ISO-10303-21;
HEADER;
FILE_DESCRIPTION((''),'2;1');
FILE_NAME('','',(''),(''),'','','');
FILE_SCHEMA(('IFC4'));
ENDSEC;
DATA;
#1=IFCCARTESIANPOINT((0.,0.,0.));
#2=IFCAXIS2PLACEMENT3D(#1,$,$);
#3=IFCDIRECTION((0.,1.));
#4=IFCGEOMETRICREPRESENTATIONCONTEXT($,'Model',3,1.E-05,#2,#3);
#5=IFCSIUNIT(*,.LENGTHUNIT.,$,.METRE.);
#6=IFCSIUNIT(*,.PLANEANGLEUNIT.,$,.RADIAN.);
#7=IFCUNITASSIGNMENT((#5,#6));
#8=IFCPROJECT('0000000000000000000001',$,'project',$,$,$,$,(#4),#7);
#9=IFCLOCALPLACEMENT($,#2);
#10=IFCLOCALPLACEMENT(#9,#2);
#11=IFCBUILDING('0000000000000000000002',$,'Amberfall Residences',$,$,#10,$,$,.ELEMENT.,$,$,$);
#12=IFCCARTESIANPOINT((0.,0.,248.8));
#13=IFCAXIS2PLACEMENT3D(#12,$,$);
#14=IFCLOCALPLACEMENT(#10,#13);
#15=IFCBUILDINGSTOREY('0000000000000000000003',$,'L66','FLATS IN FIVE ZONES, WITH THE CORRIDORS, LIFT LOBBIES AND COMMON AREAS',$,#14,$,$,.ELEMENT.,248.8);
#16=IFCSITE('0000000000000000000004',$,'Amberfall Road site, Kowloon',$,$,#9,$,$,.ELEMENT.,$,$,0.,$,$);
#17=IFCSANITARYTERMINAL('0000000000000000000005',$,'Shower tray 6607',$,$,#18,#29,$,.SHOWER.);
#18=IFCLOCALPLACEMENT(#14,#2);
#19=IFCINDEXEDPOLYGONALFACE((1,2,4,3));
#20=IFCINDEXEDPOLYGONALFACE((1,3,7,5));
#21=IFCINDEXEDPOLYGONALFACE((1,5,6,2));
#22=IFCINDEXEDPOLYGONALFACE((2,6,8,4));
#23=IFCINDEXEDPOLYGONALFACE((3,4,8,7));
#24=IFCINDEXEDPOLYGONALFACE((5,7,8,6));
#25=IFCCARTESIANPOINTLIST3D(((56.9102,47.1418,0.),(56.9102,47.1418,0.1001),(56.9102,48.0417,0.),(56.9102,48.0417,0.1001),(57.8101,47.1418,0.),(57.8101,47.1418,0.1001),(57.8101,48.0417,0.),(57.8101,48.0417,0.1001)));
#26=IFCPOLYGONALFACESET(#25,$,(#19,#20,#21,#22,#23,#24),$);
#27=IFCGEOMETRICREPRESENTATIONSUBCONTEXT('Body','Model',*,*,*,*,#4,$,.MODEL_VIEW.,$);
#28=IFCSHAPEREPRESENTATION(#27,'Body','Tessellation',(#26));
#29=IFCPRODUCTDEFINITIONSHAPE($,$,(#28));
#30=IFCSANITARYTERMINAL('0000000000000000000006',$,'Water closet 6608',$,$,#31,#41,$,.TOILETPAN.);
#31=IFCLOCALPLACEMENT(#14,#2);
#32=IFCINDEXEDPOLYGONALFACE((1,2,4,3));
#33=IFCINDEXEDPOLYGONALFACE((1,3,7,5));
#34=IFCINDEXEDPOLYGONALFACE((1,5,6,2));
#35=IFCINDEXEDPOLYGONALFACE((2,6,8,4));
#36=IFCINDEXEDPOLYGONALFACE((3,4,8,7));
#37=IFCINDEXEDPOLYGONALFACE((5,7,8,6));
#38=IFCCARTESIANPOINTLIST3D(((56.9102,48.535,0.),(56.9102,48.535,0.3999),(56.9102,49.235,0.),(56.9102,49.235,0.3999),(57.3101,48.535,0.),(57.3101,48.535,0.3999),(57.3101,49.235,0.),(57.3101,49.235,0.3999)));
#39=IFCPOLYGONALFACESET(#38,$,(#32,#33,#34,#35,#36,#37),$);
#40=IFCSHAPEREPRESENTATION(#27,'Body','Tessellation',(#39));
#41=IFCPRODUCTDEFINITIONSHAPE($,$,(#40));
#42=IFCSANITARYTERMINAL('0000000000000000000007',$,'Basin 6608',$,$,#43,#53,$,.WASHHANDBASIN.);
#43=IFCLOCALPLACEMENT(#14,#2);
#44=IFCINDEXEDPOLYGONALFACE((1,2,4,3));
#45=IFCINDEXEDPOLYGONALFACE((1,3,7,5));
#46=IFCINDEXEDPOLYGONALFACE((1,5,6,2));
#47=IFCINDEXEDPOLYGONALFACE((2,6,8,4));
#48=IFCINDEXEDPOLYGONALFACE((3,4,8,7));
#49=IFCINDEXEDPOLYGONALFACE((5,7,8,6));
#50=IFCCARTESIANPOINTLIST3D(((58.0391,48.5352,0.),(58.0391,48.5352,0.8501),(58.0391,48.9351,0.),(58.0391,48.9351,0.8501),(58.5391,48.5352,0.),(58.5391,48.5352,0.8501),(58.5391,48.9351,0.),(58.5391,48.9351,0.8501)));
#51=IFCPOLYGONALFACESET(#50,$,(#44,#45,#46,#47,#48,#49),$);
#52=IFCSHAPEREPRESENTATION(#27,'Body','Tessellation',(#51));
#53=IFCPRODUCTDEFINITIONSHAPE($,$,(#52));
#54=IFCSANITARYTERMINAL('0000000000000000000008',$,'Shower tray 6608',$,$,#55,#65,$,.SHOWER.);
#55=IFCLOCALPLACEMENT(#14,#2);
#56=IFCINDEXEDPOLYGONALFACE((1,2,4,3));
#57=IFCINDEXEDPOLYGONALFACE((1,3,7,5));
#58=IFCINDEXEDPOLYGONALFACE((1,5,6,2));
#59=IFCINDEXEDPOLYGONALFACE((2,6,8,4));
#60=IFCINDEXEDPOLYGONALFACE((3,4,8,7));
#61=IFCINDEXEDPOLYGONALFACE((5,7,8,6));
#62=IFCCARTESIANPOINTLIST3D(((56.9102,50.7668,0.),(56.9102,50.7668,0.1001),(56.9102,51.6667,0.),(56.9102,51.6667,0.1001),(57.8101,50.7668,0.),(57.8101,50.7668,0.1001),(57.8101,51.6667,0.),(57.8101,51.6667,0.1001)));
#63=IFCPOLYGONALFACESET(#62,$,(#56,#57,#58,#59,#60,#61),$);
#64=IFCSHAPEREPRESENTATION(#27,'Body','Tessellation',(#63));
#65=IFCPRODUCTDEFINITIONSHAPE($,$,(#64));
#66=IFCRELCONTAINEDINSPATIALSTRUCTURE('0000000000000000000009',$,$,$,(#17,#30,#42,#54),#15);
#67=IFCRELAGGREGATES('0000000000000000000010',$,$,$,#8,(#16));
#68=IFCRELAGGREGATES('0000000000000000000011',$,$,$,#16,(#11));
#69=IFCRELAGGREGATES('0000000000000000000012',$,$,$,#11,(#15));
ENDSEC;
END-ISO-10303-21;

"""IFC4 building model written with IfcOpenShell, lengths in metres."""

from ifc_helpers import new_model, si_unit, direction, frame, origin, origin_2d, place, context, subcontext, project, spatial, rectangle, extrude, element, save


model = new_model("IFC4")

# Units and contexts
model_context = context("Model", 3, precision=1e-05, world=origin(), true_north=direction((0.0, 1.0)))
body_context = subcontext(model_context, "Body", "Model", "MODEL_VIEW")
ifc_project = project(units=[si_unit("LENGTHUNIT", "METRE"), si_unit("PLANEANGLEUNIT", "RADIAN")], contexts=[model_context])

# Site, building, storey
site_placement = place(None, origin())
site = spatial("IfcSite", under=ifc_project, at=site_placement, Name="Amberfall Road site, Kowloon", CompositionType="ELEMENT", RefElevation=0.0)
building_placement = place(site_placement, origin())
building = spatial("IfcBuilding", under=site, at=building_placement, Name="Amberfall Residences", CompositionType="ELEMENT")
storey_placement = place(building_placement, frame((0.0, 0.0, 248.8)))
storey = spatial("IfcBuildingStorey", under=building, at=storey_placement, Name="L66", Description="FLATS IN FIVE ZONES, WITH THE CORRIDORS, LIFT LOBBIES AND COMMON AREAS", CompositionType="ELEMENT", Elevation=248.8)

# Sanitary terminals
sanitary_terminal_1_placement = place(storey_placement, frame((57.3601, 47.5918, 0.0), z_axis=(0.0, 0.0, 1.0), x_axis=(1.0, 0.0, 0.0)))
element("IfcSanitaryTerminal", 1, at=sanitary_terminal_1_placement, inside=storey, Name="Shower tray 6607", PredefinedType="SHOWER", context=body_context, shape_type="SweptSolid", body=[
    extrude(rectangle(XDim=0.8999, YDim=0.8999, at=origin_2d()), origin(), (0.0, 0.0, 1.0), 0.1001),
])
sanitary_terminal_2_placement = place(storey_placement, frame((57.1101, 48.885, 0.0), z_axis=(0.0, 0.0, 1.0), x_axis=(1.0, 0.0, 0.0)))
element("IfcSanitaryTerminal", 2, at=sanitary_terminal_2_placement, inside=storey, Name="Water closet 6608", PredefinedType="TOILETPAN", context=body_context, shape_type="SweptSolid", body=[
    extrude(rectangle(XDim=0.3999, YDim=0.7, at=origin_2d()), origin(), (0.0, 0.0, 1.0), 0.3999),
])
sanitary_terminal_3_placement = place(storey_placement, frame((58.2891, 48.7351, 0.0), z_axis=(0.0, 0.0, 1.0), x_axis=(1.0, 0.0, 0.0)))
element("IfcSanitaryTerminal", 3, at=sanitary_terminal_3_placement, inside=storey, Name="Basin 6608", PredefinedType="WASHHANDBASIN", context=body_context, shape_type="SweptSolid", body=[
    extrude(rectangle(XDim=0.5, YDim=0.3999, at=origin_2d()), origin(), (0.0, 0.0, 1.0), 0.8501),
])
sanitary_terminal_4_placement = place(storey_placement, frame((57.3601, 51.2168, 0.0), z_axis=(0.0, 0.0, 1.0), x_axis=(1.0, 0.0, 0.0)))
element("IfcSanitaryTerminal", 4, at=sanitary_terminal_4_placement, inside=storey, Name="Shower tray 6608", PredefinedType="SHOWER", context=body_context, shape_type="SweptSolid", body=[
    extrude(rectangle(XDim=0.8999, YDim=0.8999, at=origin_2d()), origin(), (0.0, 0.0, 1.0), 0.1001),
])

save(model, "model.ifc")
